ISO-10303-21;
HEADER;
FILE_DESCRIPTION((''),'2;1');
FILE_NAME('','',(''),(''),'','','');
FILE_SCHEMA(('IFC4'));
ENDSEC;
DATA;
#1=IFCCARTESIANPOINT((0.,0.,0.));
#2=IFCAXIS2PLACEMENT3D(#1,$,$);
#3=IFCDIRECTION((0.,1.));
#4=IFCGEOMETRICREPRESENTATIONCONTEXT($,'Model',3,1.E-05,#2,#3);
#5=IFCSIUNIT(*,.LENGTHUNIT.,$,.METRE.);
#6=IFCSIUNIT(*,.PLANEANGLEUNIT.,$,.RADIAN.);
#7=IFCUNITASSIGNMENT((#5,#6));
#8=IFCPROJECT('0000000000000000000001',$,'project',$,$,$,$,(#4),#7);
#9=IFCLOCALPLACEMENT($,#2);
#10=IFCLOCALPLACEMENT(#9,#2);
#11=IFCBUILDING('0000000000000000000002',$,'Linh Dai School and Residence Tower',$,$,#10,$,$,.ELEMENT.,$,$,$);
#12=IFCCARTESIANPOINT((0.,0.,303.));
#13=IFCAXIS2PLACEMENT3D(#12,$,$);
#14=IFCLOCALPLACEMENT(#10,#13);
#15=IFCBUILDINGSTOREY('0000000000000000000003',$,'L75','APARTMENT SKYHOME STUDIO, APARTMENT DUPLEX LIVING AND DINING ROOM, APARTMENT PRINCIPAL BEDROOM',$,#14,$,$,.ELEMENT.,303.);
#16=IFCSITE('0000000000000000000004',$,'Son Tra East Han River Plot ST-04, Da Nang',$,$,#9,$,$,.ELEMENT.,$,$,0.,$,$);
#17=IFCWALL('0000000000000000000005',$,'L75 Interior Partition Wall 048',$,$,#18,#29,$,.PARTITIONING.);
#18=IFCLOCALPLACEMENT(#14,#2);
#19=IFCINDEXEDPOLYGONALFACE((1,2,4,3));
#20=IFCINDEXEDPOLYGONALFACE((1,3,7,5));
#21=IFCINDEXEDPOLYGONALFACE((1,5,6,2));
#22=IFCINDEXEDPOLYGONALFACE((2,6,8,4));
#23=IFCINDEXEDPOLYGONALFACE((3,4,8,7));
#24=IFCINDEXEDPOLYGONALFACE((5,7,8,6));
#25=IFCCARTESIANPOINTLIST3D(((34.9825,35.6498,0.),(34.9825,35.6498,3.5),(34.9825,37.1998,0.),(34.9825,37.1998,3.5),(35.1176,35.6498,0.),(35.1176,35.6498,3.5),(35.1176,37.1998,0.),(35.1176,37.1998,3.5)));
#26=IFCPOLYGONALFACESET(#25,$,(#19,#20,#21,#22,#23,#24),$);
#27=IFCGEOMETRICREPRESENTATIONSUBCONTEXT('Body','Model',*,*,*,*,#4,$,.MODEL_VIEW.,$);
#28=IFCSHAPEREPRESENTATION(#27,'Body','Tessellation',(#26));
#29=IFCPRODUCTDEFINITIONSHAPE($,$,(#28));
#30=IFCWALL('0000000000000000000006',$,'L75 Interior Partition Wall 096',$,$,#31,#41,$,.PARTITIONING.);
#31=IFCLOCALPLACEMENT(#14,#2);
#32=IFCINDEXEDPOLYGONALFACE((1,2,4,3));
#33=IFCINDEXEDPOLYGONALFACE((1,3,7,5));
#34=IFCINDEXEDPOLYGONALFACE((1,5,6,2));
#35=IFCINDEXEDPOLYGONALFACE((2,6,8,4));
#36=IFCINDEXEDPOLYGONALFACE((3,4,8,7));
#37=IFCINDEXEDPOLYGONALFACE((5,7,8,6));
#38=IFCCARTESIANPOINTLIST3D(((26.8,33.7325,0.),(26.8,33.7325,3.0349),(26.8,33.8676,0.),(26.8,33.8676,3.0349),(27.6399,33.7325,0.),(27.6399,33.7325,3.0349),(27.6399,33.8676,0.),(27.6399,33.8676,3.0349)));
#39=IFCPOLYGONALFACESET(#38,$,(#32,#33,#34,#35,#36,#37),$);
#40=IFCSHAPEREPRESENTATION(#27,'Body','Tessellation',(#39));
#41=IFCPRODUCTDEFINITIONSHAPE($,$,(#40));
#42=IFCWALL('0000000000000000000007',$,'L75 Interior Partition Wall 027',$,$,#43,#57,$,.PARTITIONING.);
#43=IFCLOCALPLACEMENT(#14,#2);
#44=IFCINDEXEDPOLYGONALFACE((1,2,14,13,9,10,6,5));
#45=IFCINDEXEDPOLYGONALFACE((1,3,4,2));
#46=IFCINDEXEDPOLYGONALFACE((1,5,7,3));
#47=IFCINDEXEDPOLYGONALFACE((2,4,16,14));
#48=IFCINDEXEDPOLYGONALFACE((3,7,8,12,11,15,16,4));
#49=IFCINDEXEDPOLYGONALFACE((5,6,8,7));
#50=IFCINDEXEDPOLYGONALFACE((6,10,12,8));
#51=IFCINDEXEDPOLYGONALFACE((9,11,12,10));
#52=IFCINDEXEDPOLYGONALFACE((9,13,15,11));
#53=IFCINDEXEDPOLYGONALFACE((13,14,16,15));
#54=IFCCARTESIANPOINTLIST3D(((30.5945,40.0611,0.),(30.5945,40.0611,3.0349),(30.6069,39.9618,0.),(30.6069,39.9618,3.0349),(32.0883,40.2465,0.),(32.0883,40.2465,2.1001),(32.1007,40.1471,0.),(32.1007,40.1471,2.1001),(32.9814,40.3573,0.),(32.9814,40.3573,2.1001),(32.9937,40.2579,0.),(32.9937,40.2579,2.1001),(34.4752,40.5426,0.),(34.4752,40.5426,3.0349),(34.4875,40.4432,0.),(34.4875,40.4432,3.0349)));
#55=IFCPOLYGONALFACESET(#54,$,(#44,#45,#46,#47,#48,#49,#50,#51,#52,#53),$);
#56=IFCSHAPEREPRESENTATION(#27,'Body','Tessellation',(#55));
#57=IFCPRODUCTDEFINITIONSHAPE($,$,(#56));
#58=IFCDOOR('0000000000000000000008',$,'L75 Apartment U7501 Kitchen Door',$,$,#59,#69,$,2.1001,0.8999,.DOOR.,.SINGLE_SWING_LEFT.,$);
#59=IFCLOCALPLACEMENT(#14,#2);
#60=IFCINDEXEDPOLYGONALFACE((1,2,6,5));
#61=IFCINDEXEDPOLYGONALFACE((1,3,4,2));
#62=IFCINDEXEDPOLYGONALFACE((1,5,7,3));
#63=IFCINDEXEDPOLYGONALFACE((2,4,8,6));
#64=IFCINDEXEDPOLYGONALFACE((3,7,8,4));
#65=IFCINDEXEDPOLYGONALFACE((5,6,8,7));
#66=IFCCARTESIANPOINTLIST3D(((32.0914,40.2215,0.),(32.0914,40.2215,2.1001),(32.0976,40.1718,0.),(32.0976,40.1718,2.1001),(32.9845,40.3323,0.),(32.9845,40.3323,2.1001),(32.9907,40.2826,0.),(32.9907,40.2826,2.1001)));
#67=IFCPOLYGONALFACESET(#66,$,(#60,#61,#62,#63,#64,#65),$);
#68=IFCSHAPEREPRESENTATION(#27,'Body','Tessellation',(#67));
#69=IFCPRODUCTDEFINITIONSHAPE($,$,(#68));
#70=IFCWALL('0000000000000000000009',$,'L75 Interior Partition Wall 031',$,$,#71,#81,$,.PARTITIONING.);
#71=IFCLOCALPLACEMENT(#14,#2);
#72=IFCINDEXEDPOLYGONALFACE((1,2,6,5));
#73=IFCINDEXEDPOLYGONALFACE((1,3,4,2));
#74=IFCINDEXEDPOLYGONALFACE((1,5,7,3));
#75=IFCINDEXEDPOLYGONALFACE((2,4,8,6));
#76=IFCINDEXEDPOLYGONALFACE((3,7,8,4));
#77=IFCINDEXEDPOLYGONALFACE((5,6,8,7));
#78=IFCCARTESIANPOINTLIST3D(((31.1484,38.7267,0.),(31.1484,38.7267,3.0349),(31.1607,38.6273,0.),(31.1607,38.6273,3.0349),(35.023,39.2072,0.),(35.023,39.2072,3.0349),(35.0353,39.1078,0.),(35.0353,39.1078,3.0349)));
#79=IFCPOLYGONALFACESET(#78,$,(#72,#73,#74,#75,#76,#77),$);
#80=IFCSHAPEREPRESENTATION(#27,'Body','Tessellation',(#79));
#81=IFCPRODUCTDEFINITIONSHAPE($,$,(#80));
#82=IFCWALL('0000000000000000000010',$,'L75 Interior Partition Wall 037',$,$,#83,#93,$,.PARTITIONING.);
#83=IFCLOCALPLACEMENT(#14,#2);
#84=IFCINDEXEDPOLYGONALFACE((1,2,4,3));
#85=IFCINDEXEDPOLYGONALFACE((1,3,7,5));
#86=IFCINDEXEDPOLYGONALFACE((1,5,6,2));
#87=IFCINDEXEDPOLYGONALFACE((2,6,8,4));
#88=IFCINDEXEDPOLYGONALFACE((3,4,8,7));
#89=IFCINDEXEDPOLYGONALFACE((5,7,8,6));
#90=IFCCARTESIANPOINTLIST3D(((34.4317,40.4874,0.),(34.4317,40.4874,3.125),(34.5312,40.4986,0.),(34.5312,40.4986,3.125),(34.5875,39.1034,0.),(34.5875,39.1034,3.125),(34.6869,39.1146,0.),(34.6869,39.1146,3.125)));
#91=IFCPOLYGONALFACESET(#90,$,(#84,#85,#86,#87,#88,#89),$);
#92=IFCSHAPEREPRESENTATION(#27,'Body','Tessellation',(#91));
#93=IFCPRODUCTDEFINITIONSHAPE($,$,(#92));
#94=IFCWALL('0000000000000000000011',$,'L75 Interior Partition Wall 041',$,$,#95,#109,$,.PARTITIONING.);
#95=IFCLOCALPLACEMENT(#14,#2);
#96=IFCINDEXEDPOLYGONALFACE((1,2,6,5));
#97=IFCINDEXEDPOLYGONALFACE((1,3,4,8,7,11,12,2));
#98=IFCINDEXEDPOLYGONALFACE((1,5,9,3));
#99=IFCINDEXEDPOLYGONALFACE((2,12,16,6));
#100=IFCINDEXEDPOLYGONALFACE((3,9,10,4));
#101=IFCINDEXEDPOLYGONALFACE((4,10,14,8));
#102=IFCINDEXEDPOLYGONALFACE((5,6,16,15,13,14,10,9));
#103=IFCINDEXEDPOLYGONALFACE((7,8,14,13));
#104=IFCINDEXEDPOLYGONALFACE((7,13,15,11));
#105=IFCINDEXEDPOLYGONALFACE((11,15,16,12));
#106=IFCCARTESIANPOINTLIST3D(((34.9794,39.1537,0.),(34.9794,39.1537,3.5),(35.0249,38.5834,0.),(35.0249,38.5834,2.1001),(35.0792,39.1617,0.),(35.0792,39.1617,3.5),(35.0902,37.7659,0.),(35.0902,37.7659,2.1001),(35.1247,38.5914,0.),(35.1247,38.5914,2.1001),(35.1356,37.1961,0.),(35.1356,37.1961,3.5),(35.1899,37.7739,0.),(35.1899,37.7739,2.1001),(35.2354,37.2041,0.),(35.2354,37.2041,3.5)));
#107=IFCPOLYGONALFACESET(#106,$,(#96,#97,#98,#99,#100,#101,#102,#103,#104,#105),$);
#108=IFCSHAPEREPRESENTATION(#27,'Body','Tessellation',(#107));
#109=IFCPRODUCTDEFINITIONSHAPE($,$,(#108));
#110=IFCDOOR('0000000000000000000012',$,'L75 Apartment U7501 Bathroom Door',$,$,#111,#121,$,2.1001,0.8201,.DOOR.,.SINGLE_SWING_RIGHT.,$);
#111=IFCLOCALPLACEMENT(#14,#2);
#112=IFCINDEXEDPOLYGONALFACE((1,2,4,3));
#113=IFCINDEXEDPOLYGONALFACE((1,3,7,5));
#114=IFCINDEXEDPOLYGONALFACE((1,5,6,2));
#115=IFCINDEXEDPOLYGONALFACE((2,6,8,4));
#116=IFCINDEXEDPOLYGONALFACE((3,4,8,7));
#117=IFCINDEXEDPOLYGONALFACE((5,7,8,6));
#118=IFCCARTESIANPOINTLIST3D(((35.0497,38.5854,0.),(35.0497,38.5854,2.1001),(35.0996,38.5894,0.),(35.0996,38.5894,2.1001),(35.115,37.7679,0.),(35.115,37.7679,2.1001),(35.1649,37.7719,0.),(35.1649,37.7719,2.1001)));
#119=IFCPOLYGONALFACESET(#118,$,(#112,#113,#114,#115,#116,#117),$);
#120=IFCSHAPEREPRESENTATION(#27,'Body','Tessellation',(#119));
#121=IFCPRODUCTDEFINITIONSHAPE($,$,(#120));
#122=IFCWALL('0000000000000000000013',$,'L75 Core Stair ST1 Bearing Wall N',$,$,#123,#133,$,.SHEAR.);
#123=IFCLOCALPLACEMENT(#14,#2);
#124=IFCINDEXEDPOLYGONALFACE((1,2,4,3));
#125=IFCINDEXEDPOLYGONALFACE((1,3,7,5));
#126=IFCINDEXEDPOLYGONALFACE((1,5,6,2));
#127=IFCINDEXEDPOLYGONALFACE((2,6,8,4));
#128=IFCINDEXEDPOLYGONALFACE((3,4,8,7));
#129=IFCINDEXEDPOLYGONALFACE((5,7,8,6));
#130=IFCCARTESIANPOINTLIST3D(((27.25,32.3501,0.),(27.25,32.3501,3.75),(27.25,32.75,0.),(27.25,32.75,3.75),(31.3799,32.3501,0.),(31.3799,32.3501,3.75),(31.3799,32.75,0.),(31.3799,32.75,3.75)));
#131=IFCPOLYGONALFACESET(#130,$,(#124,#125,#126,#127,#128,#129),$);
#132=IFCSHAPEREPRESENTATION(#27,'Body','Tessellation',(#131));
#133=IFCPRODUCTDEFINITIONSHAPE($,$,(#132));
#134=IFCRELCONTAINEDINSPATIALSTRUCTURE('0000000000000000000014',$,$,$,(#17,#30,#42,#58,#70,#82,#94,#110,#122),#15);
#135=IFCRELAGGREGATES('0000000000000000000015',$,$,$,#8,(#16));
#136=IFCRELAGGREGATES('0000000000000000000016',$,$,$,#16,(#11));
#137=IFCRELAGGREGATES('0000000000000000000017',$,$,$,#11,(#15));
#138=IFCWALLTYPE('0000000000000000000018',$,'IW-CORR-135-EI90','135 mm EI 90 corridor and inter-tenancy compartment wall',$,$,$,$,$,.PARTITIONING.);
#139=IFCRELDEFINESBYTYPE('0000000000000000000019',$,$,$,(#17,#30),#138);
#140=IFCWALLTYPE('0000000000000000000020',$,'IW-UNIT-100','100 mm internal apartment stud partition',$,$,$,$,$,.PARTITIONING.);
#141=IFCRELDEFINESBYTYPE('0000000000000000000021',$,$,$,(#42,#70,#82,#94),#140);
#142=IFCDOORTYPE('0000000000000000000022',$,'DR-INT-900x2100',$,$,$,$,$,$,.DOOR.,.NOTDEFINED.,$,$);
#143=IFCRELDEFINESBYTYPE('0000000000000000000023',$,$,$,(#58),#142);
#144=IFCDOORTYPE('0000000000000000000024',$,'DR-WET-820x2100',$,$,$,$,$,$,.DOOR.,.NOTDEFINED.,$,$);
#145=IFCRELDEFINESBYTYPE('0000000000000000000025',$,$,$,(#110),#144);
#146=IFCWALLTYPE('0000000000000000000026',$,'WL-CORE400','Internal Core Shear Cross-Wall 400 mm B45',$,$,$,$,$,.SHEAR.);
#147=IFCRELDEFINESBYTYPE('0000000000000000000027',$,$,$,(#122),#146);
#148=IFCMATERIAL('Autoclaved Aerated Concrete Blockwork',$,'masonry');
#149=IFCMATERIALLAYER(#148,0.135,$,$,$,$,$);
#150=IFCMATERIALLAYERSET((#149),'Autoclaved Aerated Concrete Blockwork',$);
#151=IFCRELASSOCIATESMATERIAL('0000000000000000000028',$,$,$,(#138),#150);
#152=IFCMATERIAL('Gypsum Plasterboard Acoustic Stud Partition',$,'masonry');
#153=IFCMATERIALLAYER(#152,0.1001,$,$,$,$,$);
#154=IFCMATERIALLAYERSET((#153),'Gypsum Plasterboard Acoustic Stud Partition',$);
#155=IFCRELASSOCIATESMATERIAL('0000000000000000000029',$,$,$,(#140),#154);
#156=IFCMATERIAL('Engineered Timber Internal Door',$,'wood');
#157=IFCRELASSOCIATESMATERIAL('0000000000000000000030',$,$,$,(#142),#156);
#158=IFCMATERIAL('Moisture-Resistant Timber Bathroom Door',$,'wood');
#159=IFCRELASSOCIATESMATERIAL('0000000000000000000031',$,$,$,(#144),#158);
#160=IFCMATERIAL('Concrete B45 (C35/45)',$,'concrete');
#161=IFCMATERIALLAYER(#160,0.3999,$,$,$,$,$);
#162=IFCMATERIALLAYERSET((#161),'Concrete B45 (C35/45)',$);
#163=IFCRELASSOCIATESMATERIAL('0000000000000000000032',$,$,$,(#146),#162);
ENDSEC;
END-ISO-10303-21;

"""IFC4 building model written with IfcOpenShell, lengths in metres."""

from ifc_helpers import new_model, si_unit, direction, frame, frame_2d, origin, origin_2d, place, context, subcontext, project, spatial, rectangle, extrude, source, transform, mapped, material, layer, layer_set, type_object, element, fill, save


model = new_model("IFC4")

# Units and contexts
model_context = context("Model", 3, precision=1e-05, world=origin(), true_north=direction((0.0, 1.0)))
body_context = subcontext(model_context, "Body", "Model", "MODEL_VIEW")
ifc_project = project(units=[si_unit("LENGTHUNIT", "METRE"), si_unit("PLANEANGLEUNIT", "RADIAN")], contexts=[model_context])

# Site, building, storey
site_placement = place(None, origin())
site = spatial("IfcSite", under=ifc_project, at=site_placement, Name="Son Tra East Han River Plot ST-04, Da Nang", CompositionType="ELEMENT", RefElevation=0.0)
building_placement = place(site_placement, origin())
building = spatial("IfcBuilding", under=site, at=building_placement, Name="Linh Dai School and Residence Tower", CompositionType="ELEMENT")
storey_placement = place(building_placement, frame((0.0, 0.0, 303.0)))
storey = spatial("IfcBuildingStorey", under=building, at=storey_placement, Name="L75", Description="APARTMENT SKYHOME STUDIO, APARTMENT DUPLEX LIVING AND DINING ROOM, APARTMENT PRINCIPAL BEDROOM", CompositionType="ELEMENT", Elevation=303.0)

# Shared definitions
ifc_material_1 = material(Name="Concrete B45 (C35/45)", Category="concrete")

# Wall
ifc_material_2 = material(Name="Autoclaved Aerated Concrete Blockwork", Category="masonry")
ifc_layer_1 = layer(ifc_material_2, 0.135)
ifc_layer_set_1 = layer_set([ifc_layer_1], Name="Autoclaved Aerated Concrete Blockwork")
wall_type_1 = type_object("IfcWallType", Name="IW-CORR-135-EI90", Description="135 mm EI 90 corridor and inter-tenancy compartment wall", PredefinedType="PARTITIONING", material=ifc_layer_set_1)
wall_1_placement = place(storey_placement, frame((35.05, 35.6499, 0.0), z_axis=(0.0, 0.0, 1.0), x_axis=(0.0, 1.0, 0.0)))
element("IfcWall", 1, at=wall_1_placement, inside=storey, type_object=wall_type_1, Name="L75 Interior Partition Wall 048", PredefinedType="PARTITIONING", context=body_context, shape_type="SweptSolid", body=[
    extrude(rectangle(XDim=1.55, YDim=0.135, at=frame_2d((0.7749, 0.0))), origin(), (0.0, 0.0, 1.0), 3.5),
])

# Wall
wall_2_placement = place(storey_placement, frame((27.6399, 33.8, 0.0), z_axis=(0.0, 0.0, 1.0), x_axis=(-1.0, 0.0, 0.0)))
element("IfcWall", 2, at=wall_2_placement, inside=storey, type_object=wall_type_1, Name="L75 Interior Partition Wall 096", PredefinedType="PARTITIONING", context=body_context, shape_type="SweptSolid", body=[
    extrude(rectangle(XDim=0.8398, YDim=0.135, at=frame_2d((0.4199, 0.0))), origin(), (0.0, 0.0, 1.0), 3.0349),
])

# Wall, opening, door
ifc_material_3 = material(Name="Gypsum Plasterboard Acoustic Stud Partition", Category="masonry")
ifc_layer_2 = layer(ifc_material_3, 0.1001)
ifc_layer_set_2 = layer_set([ifc_layer_2], Name="Gypsum Plasterboard Acoustic Stud Partition")
wall_type_2 = type_object("IfcWallType", Name="IW-UNIT-100", Description="100 mm internal apartment stud partition", PredefinedType="PARTITIONING", material=ifc_layer_set_2)
wall_3_placement = place(storey_placement, frame((30.6008, 40.0115, 0.0), z_axis=(0.0, 0.0, 1.0), x_axis=(0.992392, 0.12312, 0.0)))
wall_3 = element("IfcWall", 3, at=wall_3_placement, inside=storey, type_object=wall_type_2, Name="L75 Interior Partition Wall 027", PredefinedType="PARTITIONING", context=body_context, shape_type="SweptSolid", body=[
    extrude(rectangle(XDim=3.9104, YDim=0.1001, at=frame_2d((1.9551, 0.0))), origin(), (0.0, 0.0, 1.0), 3.0349),
])
opening_1_placement = place(wall_3_placement, frame((1.5051, 0.0, 0.0)))
opening_1 = element("IfcOpeningElement", 4, at=opening_1_placement, cuts=wall_3, PredefinedType="OPENING", context=body_context, shape_type="SweptSolid", body=[
    extrude(rectangle(XDim=0.8999, YDim=2.1001, at=origin_2d()), frame((0.45, 0.0601, 1.05), z_axis=(0.0, -1.0, 0.0), x_axis=(1.0, 0.0, 0.0)), (0.0, 0.0, 1.0), 0.1201),
])
ifc_material_4 = material(Name="Engineered Timber Internal Door", Category="wood")
door_type_1 = type_object("IfcDoorType", Name="DR-INT-900x2100", OperationType="NOTDEFINED", PredefinedType="DOOR", material=ifc_material_4)
shared_shape_1 = source(origin(), body_context, "Body", "SweptSolid", [
    extrude(rectangle(XDim=0.8999, YDim=2.1001, at=origin_2d()), frame((0.45, 0.0249, 1.05), z_axis=(0.0, -1.0, 0.0), x_axis=(1.0, 0.0, 0.0)), (0.0, 0.0, 1.0), 0.05),
])
door_1_placement = place(opening_1_placement, origin())
door_1 = element("IfcDoor", 5, at=door_1_placement, inside=storey, type_object=door_type_1, Name="L75 Apartment U7501 Kitchen Door", OperationType="SINGLE_SWING_LEFT", OverallHeight=2.1001, OverallWidth=0.8999, PredefinedType="DOOR", context=body_context, shape_type="MappedRepresentation", body=[
    mapped(shared_shape_1, transform((0.0, 0.0, 0.0), x_axis=(1.0, 0.0, 0.0), y_axis=(0.0, 1.0, 0.0), z_axis=(0.0, 0.0, 1.0), scale=1.0)),
])
fill(opening_1, door_1)

# Walls
wall_4_placement = place(storey_placement, frame((31.1545, 38.677, 0.0), z_axis=(0.0, 0.0, 1.0), x_axis=(0.992399, 0.123065, 0.0)))
element("IfcWall", 6, at=wall_4_placement, inside=storey, type_object=wall_type_2, Name="L75 Interior Partition Wall 031", PredefinedType="PARTITIONING", context=body_context, shape_type="SweptSolid", body=[
    extrude(rectangle(XDim=3.9043, YDim=0.1001, at=frame_2d((1.9521, 0.0))), origin(), (0.0, 0.0, 1.0), 3.0349),
])
wall_5_placement = place(storey_placement, frame((34.4814, 40.4929, 0.0), z_axis=(0.0, 0.0, 1.0), x_axis=(0.111836, -0.993727, 0.0)))
element("IfcWall", 7, at=wall_5_placement, inside=storey, type_object=wall_type_2, Name="L75 Interior Partition Wall 037", PredefinedType="PARTITIONING", context=body_context, shape_type="SweptSolid", body=[
    extrude(rectangle(XDim=1.3928, YDim=0.1001, at=frame_2d((0.6963, 0.0))), origin(), (0.0, 0.0, 1.0), 3.125),
])

# Wall, opening, door
wall_6_placement = place(storey_placement, frame((35.0293, 39.1577, 0.0), z_axis=(0.0, 0.0, 1.0), x_axis=(0.079557, -0.99683, 0.0)))
wall_6 = element("IfcWall", 8, at=wall_6_placement, inside=storey, type_object=wall_type_2, Name="L75 Interior Partition Wall 041", PredefinedType="PARTITIONING", context=body_context, shape_type="SweptSolid", body=[
    extrude(rectangle(XDim=1.9639, YDim=0.1001, at=frame_2d((0.9819, 0.0))), origin(), (0.0, 0.0, 1.0), 3.5),
])
opening_2_placement = place(wall_6_placement, frame((0.572, 0.0, 0.0)))
opening_2 = element("IfcOpeningElement", 9, at=opening_2_placement, cuts=wall_6, PredefinedType="OPENING", context=body_context, shape_type="SweptSolid", body=[
    extrude(rectangle(XDim=0.8201, YDim=2.1001, at=origin_2d()), frame((0.4102, 0.0601, 1.05), z_axis=(0.0, -1.0, 0.0), x_axis=(1.0, 0.0, 0.0)), (0.0, 0.0, 1.0), 0.1201),
])
ifc_material_5 = material(Name="Moisture-Resistant Timber Bathroom Door", Category="wood")
door_type_2 = type_object("IfcDoorType", Name="DR-WET-820x2100", OperationType="NOTDEFINED", PredefinedType="DOOR", material=ifc_material_5)
shared_shape_2 = source(origin(), body_context, "Body", "SweptSolid", [
    extrude(rectangle(XDim=0.8201, YDim=2.1001, at=origin_2d()), frame((0.4102, 0.0249, 1.05), z_axis=(0.0, -1.0, 0.0), x_axis=(1.0, 0.0, 0.0)), (0.0, 0.0, 1.0), 0.05),
])
door_2_placement = place(opening_2_placement, origin())
door_2 = element("IfcDoor", 10, at=door_2_placement, inside=storey, type_object=door_type_2, Name="L75 Apartment U7501 Bathroom Door", OperationType="SINGLE_SWING_RIGHT", OverallHeight=2.1001, OverallWidth=0.8201, PredefinedType="DOOR", context=body_context, shape_type="MappedRepresentation", body=[
    mapped(shared_shape_2, transform((0.0, 0.0, 0.0), x_axis=(1.0, 0.0, 0.0), y_axis=(0.0, 1.0, 0.0), z_axis=(0.0, 0.0, 1.0), scale=1.0)),
])
fill(opening_2, door_2)

# Wall
ifc_layer_3 = layer(ifc_material_1, 0.3999)
ifc_layer_set_3 = layer_set([ifc_layer_3], Name="Concrete B45 (C35/45)")
wall_type_3 = type_object("IfcWallType", Name="WL-CORE400", Description="Internal Core Shear Cross-Wall 400 mm B45", PredefinedType="SHEAR", material=ifc_layer_set_3)
wall_7_placement = place(storey_placement, frame((27.25, 32.55, 0.0), z_axis=(0.0, 0.0, 1.0), x_axis=(1.0, 0.0, 0.0)))
element("IfcWall", 11, at=wall_7_placement, inside=storey, type_object=wall_type_3, Name="L75 Core Stair ST1 Bearing Wall N", PredefinedType="SHEAR", context=body_context, shape_type="SweptSolid", body=[
    extrude(rectangle(XDim=4.1299, YDim=0.3999, at=frame_2d((2.0649, 0.0))), origin(), (0.0, 0.0, 1.0), 3.75),
])

save(model, "model.ifc")
